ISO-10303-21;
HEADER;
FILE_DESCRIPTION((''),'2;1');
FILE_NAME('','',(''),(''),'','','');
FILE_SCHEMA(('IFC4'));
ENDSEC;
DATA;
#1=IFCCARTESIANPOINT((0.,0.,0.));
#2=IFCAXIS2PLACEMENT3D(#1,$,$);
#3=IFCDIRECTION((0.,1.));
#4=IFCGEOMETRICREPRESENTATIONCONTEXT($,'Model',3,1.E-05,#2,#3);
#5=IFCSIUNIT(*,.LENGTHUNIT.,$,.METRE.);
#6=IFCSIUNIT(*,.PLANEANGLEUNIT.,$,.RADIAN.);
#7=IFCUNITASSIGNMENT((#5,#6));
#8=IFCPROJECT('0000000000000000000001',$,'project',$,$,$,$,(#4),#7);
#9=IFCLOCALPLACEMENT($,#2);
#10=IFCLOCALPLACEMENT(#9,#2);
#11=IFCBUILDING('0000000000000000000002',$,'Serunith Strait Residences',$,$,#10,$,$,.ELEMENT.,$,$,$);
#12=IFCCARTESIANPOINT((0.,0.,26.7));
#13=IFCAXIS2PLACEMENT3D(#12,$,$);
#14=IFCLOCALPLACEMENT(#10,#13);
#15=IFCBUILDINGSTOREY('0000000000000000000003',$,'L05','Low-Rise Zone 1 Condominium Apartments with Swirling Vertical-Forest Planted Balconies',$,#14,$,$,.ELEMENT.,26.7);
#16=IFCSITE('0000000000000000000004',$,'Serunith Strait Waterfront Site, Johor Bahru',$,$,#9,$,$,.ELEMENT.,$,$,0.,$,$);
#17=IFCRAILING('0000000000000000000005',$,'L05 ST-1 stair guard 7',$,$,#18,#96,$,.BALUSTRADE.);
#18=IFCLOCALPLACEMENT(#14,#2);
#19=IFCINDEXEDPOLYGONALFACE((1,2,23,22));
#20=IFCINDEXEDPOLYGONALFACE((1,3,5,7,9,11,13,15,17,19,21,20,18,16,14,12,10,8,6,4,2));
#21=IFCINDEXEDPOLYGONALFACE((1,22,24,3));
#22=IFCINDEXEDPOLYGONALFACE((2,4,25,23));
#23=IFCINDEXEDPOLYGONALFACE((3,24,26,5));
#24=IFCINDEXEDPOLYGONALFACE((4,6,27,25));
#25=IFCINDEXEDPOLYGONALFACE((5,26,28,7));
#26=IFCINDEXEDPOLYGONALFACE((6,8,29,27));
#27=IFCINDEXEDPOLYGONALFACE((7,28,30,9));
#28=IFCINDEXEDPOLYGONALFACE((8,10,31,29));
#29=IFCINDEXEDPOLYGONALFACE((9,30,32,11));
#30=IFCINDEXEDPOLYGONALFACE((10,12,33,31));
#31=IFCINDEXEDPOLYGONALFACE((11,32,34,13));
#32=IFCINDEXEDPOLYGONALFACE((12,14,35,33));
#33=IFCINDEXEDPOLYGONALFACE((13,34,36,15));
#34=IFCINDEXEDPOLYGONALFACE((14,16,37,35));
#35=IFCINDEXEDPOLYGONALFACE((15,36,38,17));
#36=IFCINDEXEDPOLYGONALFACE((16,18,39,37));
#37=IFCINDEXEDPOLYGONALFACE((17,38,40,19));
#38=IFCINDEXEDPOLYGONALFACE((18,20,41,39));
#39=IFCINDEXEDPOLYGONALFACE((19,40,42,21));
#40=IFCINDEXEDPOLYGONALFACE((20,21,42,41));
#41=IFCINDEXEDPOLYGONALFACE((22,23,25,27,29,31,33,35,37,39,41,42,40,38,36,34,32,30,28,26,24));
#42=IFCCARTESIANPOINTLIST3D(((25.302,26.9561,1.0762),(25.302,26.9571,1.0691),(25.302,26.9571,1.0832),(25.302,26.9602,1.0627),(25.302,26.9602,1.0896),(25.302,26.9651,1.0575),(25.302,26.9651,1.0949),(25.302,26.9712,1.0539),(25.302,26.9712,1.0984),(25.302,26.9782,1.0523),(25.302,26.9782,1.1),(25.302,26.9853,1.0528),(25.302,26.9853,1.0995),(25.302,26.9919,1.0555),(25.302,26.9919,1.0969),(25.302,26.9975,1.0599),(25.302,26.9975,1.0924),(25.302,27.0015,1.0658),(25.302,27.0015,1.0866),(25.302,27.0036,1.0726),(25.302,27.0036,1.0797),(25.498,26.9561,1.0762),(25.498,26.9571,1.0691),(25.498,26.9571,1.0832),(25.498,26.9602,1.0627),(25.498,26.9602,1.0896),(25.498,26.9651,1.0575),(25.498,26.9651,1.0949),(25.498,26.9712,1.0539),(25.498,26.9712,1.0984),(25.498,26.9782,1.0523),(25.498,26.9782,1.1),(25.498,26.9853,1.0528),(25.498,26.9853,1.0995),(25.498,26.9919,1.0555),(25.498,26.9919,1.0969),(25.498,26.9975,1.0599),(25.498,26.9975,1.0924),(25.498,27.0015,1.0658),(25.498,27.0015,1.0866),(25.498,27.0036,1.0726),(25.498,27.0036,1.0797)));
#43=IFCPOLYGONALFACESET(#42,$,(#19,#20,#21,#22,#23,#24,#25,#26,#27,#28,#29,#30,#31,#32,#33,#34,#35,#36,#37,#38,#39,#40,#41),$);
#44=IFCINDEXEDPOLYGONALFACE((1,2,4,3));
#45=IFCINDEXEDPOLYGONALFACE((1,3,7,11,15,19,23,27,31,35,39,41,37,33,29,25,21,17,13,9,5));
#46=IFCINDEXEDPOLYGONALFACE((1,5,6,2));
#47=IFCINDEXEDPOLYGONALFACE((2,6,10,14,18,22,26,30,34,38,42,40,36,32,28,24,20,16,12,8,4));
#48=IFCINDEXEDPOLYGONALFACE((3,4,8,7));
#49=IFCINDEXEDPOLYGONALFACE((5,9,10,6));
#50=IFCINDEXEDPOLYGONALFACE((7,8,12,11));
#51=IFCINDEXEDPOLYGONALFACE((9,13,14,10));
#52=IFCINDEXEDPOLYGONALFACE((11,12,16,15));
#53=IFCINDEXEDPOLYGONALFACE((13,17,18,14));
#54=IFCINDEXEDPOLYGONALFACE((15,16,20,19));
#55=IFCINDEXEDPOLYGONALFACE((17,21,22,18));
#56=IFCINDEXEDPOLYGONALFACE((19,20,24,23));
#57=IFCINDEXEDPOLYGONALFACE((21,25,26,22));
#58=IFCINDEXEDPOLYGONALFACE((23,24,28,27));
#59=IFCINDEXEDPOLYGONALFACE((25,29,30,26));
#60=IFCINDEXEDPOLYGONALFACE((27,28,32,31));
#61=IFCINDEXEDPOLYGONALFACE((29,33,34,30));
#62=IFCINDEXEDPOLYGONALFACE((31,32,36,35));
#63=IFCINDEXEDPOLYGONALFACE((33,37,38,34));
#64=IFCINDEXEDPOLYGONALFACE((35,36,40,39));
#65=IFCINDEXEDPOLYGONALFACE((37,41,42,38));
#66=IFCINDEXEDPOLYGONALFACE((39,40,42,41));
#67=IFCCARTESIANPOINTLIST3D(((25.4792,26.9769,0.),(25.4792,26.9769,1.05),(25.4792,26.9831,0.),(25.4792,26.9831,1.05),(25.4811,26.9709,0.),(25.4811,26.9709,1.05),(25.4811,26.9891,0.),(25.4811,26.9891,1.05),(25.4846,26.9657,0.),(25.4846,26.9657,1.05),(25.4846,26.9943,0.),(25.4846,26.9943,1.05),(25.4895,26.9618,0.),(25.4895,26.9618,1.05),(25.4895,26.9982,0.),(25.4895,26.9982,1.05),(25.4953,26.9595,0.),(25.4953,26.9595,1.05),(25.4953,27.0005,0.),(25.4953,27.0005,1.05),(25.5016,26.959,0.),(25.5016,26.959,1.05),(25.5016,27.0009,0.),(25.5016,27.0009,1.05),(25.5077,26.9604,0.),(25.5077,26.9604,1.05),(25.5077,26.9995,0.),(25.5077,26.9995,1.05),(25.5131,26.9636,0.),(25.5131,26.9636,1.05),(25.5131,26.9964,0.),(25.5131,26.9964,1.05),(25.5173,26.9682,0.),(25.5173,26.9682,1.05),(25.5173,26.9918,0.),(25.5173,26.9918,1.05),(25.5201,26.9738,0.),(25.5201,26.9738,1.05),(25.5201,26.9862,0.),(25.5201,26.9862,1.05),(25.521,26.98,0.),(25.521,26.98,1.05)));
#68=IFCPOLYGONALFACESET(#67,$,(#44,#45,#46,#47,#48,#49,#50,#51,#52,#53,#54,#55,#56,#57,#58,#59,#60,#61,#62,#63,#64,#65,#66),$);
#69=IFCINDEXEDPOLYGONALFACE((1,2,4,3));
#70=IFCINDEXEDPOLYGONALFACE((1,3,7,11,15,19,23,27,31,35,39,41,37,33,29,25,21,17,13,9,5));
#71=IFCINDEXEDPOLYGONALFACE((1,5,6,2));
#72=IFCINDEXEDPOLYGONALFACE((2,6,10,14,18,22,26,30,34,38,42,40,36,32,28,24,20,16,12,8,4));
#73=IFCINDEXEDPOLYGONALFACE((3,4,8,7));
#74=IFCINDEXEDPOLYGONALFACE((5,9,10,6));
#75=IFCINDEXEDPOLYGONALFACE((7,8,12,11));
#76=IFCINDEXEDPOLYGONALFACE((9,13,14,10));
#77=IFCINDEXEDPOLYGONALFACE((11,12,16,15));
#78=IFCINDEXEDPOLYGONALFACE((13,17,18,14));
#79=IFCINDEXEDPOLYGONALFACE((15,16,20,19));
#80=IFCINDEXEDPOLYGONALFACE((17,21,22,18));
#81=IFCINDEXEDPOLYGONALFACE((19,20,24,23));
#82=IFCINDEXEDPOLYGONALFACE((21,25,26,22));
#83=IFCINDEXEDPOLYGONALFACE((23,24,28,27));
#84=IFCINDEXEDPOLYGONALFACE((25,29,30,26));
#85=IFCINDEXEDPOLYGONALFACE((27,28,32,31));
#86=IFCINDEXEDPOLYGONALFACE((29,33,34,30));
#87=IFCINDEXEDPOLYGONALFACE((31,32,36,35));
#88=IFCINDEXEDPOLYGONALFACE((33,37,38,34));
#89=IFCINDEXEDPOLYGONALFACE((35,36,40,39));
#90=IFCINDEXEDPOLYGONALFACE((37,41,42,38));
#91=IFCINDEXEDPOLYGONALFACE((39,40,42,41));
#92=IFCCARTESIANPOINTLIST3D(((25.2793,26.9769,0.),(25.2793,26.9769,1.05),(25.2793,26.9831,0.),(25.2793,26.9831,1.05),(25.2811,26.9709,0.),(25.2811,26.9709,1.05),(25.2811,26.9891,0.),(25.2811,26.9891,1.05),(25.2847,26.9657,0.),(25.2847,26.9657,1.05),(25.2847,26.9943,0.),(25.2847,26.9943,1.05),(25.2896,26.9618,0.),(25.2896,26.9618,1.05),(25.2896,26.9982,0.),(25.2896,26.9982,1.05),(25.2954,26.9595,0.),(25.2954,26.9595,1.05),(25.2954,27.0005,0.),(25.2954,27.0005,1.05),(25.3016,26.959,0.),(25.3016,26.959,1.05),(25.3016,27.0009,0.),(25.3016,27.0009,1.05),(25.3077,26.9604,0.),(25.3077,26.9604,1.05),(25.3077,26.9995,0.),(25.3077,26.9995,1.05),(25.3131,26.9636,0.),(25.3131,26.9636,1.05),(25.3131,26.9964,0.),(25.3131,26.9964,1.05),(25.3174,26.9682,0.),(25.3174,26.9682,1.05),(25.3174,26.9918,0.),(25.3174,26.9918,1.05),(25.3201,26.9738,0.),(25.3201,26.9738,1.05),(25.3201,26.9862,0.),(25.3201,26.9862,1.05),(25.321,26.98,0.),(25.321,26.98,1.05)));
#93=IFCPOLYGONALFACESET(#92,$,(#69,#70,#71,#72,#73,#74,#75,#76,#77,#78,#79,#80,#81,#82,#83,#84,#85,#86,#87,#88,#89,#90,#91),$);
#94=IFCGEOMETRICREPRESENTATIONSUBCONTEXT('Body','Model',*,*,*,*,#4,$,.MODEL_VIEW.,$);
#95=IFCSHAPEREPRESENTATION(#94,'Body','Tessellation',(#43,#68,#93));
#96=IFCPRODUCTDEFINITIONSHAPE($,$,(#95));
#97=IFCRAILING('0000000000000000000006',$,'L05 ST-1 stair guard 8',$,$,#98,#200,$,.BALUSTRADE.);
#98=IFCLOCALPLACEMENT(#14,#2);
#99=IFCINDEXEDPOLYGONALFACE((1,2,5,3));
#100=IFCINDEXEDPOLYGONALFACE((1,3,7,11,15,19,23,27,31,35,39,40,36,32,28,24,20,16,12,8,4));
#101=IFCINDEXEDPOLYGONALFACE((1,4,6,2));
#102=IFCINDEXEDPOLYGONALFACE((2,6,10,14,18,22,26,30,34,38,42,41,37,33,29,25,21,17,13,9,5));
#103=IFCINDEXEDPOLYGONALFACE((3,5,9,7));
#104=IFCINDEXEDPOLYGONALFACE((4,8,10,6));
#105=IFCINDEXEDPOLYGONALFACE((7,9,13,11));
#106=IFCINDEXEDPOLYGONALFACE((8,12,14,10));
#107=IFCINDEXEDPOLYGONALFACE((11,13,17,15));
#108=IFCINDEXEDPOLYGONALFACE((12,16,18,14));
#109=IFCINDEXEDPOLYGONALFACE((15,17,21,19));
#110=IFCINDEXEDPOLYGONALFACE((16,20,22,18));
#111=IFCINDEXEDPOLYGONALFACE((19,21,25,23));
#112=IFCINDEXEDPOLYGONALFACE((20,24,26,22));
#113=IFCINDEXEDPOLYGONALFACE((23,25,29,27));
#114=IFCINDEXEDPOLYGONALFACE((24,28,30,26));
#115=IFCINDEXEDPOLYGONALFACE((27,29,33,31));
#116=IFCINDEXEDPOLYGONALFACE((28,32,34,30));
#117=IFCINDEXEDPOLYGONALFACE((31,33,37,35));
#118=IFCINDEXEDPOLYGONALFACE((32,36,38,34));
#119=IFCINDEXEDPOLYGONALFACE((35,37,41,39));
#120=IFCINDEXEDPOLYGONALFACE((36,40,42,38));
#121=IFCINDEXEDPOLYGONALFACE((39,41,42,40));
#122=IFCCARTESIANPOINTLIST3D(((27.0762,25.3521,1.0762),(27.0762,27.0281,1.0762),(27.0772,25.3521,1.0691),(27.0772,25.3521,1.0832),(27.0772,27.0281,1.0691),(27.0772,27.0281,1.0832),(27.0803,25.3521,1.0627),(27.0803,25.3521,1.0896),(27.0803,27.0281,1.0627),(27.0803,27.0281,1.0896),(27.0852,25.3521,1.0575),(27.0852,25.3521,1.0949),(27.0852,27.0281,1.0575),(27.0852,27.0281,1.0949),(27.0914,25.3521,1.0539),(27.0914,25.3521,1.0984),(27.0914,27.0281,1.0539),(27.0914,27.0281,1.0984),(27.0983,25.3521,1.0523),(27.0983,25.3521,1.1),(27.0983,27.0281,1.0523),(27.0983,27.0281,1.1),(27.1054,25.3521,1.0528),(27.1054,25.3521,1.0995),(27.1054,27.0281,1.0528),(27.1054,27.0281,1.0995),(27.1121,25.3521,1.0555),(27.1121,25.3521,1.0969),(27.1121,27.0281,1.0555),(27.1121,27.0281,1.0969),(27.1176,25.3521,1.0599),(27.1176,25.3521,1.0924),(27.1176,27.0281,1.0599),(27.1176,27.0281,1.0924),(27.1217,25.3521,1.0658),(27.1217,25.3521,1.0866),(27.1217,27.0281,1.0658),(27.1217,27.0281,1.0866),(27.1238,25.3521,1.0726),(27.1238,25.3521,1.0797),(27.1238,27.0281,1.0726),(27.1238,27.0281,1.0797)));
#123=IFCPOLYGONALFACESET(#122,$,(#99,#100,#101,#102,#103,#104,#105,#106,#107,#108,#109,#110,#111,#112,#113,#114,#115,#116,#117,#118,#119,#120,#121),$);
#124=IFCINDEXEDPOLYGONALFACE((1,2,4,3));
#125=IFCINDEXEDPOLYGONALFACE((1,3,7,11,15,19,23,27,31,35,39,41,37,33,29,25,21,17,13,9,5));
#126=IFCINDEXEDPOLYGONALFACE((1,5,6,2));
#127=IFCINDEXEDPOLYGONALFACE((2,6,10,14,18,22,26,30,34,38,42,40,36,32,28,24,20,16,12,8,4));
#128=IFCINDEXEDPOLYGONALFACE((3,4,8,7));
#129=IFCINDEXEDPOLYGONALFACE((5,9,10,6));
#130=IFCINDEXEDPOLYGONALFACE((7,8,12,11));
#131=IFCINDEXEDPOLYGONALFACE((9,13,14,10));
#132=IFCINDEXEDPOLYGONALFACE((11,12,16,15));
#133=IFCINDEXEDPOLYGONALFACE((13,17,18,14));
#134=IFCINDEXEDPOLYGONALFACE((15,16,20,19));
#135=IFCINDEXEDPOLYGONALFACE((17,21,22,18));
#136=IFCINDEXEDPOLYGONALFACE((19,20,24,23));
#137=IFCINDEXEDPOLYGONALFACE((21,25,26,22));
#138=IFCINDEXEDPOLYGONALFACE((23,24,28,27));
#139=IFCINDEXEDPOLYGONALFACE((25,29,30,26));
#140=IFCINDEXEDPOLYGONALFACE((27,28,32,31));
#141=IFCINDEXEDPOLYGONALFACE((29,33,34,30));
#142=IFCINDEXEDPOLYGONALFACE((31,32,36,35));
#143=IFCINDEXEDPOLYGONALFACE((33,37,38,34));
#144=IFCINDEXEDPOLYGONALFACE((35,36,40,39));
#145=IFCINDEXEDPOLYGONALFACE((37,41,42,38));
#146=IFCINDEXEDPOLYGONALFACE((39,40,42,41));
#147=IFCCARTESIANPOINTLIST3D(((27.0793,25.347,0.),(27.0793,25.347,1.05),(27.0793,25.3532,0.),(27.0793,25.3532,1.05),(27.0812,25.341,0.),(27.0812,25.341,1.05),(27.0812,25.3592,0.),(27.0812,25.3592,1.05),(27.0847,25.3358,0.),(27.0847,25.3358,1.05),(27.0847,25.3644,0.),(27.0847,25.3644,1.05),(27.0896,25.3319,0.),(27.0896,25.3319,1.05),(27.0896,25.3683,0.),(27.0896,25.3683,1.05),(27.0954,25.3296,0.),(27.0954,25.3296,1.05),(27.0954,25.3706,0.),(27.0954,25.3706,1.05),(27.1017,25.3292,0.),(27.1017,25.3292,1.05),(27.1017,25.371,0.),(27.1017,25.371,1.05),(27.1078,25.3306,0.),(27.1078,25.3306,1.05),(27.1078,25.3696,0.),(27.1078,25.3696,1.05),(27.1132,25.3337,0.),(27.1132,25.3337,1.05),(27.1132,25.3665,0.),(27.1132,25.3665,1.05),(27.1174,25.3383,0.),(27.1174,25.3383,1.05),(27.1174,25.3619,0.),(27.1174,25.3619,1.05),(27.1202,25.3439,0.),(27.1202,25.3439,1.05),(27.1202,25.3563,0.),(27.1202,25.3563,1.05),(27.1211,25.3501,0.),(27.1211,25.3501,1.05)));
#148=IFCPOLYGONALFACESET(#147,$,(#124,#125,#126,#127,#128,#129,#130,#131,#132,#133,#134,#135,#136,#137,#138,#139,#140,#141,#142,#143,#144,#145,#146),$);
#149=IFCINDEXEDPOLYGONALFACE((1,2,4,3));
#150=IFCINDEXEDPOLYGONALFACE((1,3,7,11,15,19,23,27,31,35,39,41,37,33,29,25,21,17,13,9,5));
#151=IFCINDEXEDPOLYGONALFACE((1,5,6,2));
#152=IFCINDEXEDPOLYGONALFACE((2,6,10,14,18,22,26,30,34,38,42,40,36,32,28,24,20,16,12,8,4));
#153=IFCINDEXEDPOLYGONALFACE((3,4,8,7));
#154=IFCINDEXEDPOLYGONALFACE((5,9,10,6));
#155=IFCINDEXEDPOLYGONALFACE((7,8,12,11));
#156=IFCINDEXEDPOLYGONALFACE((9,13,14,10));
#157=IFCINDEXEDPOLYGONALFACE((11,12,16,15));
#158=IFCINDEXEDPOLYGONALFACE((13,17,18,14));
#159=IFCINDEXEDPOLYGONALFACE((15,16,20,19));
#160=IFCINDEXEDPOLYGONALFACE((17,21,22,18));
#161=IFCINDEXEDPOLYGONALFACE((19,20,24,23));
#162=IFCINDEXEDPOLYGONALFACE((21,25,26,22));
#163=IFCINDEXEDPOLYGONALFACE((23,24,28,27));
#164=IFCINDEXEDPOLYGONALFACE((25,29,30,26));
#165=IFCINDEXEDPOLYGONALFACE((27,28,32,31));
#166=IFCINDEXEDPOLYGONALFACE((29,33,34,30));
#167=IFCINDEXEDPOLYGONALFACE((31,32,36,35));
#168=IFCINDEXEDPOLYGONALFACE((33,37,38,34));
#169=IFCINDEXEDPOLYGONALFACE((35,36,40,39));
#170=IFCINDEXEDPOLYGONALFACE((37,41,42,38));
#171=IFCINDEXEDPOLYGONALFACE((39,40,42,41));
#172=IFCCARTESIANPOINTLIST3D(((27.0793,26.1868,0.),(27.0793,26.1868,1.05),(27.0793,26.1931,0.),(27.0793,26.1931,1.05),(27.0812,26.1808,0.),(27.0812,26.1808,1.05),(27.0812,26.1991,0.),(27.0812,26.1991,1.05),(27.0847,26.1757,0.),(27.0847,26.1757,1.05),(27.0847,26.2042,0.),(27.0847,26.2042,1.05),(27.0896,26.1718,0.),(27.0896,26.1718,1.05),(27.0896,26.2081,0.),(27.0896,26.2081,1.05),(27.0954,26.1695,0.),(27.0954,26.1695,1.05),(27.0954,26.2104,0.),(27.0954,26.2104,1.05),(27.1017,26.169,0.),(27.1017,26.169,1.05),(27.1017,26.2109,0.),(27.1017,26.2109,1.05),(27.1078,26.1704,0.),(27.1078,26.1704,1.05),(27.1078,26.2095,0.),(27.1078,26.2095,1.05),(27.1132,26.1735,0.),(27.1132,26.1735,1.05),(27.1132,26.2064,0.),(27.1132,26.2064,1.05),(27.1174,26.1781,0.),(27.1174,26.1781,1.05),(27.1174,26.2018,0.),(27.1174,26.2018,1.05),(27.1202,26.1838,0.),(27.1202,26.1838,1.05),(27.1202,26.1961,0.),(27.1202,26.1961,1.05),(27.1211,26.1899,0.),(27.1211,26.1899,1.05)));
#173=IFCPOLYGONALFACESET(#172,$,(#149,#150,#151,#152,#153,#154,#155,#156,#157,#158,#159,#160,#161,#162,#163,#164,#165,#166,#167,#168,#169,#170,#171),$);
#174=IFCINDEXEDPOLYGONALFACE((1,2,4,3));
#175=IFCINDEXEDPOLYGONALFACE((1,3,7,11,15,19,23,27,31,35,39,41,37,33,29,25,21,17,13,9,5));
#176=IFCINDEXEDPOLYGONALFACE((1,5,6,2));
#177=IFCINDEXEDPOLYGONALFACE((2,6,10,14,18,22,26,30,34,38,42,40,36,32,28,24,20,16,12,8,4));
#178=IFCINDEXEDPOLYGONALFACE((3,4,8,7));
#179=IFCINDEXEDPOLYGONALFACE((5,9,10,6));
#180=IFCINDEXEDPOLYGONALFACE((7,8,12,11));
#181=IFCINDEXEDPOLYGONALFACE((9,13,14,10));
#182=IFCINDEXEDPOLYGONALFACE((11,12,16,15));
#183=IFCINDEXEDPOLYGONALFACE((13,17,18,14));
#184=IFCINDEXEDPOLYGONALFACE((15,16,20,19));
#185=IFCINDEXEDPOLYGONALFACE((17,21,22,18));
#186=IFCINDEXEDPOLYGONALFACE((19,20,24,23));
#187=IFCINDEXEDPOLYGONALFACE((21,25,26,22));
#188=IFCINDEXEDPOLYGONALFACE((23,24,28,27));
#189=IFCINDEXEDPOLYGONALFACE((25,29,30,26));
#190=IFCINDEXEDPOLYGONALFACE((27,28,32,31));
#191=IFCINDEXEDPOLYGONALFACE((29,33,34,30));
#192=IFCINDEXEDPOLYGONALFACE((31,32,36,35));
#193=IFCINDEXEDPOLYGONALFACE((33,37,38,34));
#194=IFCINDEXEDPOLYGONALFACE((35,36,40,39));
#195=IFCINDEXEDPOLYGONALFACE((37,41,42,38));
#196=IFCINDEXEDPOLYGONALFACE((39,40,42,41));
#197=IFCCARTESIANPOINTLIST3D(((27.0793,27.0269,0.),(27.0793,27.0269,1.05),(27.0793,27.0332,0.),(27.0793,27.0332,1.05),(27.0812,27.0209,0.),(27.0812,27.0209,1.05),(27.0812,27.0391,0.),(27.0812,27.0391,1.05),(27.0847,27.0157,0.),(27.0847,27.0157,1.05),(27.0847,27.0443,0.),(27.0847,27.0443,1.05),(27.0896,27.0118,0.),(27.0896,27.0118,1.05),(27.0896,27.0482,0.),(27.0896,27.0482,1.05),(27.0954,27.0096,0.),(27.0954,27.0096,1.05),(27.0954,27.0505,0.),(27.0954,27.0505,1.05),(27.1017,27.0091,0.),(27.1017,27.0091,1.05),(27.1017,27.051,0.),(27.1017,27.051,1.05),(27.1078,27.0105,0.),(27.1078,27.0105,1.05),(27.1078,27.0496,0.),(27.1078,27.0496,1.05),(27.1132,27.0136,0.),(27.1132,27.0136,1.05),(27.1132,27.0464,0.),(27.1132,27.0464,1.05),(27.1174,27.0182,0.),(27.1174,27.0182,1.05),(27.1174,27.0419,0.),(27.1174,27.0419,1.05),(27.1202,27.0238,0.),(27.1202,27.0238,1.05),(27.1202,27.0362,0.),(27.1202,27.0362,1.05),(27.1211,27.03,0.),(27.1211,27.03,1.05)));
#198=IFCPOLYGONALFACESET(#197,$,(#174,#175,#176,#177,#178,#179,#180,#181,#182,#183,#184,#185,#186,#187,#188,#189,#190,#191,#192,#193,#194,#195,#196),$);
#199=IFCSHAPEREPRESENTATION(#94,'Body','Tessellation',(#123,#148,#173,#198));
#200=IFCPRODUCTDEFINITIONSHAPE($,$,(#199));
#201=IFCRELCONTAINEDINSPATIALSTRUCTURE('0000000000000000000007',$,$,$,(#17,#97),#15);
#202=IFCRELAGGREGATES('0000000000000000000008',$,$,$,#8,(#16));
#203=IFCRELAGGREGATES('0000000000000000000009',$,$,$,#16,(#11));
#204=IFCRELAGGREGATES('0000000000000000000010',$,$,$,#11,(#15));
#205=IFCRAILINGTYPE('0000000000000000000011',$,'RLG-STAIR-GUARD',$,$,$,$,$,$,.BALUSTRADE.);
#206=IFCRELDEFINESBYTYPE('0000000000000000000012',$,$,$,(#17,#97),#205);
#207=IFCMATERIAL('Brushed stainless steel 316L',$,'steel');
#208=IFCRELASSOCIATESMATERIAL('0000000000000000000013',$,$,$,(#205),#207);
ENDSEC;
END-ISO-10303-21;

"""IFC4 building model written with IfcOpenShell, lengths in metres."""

from ifc_helpers import new_model, si_unit, direction, frame, origin, origin_2d, place, context, subcontext, project, spatial, circle, extrude, material, type_object, element, save


model = new_model("IFC4")

# Units and contexts
model_context = context("Model", 3, precision=1e-05, world=origin(), true_north=direction((0.0, 1.0)))
body_context = subcontext(model_context, "Body", "Model", "MODEL_VIEW")
ifc_project = project(units=[si_unit("LENGTHUNIT", "METRE"), si_unit("PLANEANGLEUNIT", "RADIAN")], contexts=[model_context])

# Site, building, storey
site_placement = place(None, origin())
site = spatial("IfcSite", under=ifc_project, at=site_placement, Name="Serunith Strait Waterfront Site, Johor Bahru", CompositionType="ELEMENT", RefElevation=0.0)
building_placement = place(site_placement, origin())
building = spatial("IfcBuilding", under=site, at=building_placement, Name="Serunith Strait Residences", CompositionType="ELEMENT")
storey_placement = place(building_placement, frame((0.0, 0.0, 26.7)))
storey = spatial("IfcBuildingStorey", under=building, at=storey_placement, Name="L05", Description="Low-Rise Zone 1 Condominium Apartments with Swirling Vertical-Forest Planted Balconies", CompositionType="ELEMENT", Elevation=26.7)

# Railings
ifc_material_1 = material(Name="Brushed stainless steel 316L", Category="steel")
railing_type_1 = type_object("IfcRailingType", Name="RLG-STAIR-GUARD", PredefinedType="BALUSTRADE", material=ifc_material_1)
railing_1_placement = place(storey_placement, frame((25.5, 26.98, 0.0)))
element("IfcRailing", 1, at=railing_1_placement, inside=storey, type_object=railing_type_1, Name="L05 ST-1 stair guard 7", PredefinedType="BALUSTRADE", context=body_context, shape_type="SweptSolid", body=[
    extrude(circle(Radius=0.0239, at=origin_2d()), frame((-0.002, 0.0, 1.0762), z_axis=(-1.0, 0.0, 0.0), x_axis=(0.0, -1.0, 0.0)), (0.0, 0.0, 1.0), 0.196),
    extrude(circle(Radius=0.021, at=origin_2d()), origin(), (0.0, 0.0, 1.0), 1.05),
    extrude(circle(Radius=0.021, at=origin_2d()), frame((-0.2, 0.0, 0.0)), (0.0, 0.0, 1.0), 1.05),
])
for number, where, name in (
    (2, (27.1001, 25.3501, 0.0), "L05 ST-1 stair guard 8"),
):
    element("IfcRailing", number, at=place(storey_placement, frame(where)), inside=storey, type_object=railing_type_1, Name=name, PredefinedType="BALUSTRADE", context=body_context, shape_type="SweptSolid", body=[
        extrude(circle(Radius=0.0239, at=origin_2d()), frame((0.0, 0.002, 1.0762), z_axis=(0.0, 1.0, 0.0), x_axis=(-1.0, 0.0, 0.0)), (0.0, 0.0, 1.0), 1.676),
        extrude(circle(Radius=0.021, at=origin_2d()), origin(), (0.0, 0.0, 1.0), 1.05),
        extrude(circle(Radius=0.021, at=origin_2d()), frame((0.0, 0.8398, 0.0)), (0.0, 0.0, 1.0), 1.05),
        extrude(circle(Radius=0.021, at=origin_2d()), frame((0.0, 1.6799, 0.0)), (0.0, 0.0, 1.0), 1.05),
    ])

save(model, "model.ifc")
